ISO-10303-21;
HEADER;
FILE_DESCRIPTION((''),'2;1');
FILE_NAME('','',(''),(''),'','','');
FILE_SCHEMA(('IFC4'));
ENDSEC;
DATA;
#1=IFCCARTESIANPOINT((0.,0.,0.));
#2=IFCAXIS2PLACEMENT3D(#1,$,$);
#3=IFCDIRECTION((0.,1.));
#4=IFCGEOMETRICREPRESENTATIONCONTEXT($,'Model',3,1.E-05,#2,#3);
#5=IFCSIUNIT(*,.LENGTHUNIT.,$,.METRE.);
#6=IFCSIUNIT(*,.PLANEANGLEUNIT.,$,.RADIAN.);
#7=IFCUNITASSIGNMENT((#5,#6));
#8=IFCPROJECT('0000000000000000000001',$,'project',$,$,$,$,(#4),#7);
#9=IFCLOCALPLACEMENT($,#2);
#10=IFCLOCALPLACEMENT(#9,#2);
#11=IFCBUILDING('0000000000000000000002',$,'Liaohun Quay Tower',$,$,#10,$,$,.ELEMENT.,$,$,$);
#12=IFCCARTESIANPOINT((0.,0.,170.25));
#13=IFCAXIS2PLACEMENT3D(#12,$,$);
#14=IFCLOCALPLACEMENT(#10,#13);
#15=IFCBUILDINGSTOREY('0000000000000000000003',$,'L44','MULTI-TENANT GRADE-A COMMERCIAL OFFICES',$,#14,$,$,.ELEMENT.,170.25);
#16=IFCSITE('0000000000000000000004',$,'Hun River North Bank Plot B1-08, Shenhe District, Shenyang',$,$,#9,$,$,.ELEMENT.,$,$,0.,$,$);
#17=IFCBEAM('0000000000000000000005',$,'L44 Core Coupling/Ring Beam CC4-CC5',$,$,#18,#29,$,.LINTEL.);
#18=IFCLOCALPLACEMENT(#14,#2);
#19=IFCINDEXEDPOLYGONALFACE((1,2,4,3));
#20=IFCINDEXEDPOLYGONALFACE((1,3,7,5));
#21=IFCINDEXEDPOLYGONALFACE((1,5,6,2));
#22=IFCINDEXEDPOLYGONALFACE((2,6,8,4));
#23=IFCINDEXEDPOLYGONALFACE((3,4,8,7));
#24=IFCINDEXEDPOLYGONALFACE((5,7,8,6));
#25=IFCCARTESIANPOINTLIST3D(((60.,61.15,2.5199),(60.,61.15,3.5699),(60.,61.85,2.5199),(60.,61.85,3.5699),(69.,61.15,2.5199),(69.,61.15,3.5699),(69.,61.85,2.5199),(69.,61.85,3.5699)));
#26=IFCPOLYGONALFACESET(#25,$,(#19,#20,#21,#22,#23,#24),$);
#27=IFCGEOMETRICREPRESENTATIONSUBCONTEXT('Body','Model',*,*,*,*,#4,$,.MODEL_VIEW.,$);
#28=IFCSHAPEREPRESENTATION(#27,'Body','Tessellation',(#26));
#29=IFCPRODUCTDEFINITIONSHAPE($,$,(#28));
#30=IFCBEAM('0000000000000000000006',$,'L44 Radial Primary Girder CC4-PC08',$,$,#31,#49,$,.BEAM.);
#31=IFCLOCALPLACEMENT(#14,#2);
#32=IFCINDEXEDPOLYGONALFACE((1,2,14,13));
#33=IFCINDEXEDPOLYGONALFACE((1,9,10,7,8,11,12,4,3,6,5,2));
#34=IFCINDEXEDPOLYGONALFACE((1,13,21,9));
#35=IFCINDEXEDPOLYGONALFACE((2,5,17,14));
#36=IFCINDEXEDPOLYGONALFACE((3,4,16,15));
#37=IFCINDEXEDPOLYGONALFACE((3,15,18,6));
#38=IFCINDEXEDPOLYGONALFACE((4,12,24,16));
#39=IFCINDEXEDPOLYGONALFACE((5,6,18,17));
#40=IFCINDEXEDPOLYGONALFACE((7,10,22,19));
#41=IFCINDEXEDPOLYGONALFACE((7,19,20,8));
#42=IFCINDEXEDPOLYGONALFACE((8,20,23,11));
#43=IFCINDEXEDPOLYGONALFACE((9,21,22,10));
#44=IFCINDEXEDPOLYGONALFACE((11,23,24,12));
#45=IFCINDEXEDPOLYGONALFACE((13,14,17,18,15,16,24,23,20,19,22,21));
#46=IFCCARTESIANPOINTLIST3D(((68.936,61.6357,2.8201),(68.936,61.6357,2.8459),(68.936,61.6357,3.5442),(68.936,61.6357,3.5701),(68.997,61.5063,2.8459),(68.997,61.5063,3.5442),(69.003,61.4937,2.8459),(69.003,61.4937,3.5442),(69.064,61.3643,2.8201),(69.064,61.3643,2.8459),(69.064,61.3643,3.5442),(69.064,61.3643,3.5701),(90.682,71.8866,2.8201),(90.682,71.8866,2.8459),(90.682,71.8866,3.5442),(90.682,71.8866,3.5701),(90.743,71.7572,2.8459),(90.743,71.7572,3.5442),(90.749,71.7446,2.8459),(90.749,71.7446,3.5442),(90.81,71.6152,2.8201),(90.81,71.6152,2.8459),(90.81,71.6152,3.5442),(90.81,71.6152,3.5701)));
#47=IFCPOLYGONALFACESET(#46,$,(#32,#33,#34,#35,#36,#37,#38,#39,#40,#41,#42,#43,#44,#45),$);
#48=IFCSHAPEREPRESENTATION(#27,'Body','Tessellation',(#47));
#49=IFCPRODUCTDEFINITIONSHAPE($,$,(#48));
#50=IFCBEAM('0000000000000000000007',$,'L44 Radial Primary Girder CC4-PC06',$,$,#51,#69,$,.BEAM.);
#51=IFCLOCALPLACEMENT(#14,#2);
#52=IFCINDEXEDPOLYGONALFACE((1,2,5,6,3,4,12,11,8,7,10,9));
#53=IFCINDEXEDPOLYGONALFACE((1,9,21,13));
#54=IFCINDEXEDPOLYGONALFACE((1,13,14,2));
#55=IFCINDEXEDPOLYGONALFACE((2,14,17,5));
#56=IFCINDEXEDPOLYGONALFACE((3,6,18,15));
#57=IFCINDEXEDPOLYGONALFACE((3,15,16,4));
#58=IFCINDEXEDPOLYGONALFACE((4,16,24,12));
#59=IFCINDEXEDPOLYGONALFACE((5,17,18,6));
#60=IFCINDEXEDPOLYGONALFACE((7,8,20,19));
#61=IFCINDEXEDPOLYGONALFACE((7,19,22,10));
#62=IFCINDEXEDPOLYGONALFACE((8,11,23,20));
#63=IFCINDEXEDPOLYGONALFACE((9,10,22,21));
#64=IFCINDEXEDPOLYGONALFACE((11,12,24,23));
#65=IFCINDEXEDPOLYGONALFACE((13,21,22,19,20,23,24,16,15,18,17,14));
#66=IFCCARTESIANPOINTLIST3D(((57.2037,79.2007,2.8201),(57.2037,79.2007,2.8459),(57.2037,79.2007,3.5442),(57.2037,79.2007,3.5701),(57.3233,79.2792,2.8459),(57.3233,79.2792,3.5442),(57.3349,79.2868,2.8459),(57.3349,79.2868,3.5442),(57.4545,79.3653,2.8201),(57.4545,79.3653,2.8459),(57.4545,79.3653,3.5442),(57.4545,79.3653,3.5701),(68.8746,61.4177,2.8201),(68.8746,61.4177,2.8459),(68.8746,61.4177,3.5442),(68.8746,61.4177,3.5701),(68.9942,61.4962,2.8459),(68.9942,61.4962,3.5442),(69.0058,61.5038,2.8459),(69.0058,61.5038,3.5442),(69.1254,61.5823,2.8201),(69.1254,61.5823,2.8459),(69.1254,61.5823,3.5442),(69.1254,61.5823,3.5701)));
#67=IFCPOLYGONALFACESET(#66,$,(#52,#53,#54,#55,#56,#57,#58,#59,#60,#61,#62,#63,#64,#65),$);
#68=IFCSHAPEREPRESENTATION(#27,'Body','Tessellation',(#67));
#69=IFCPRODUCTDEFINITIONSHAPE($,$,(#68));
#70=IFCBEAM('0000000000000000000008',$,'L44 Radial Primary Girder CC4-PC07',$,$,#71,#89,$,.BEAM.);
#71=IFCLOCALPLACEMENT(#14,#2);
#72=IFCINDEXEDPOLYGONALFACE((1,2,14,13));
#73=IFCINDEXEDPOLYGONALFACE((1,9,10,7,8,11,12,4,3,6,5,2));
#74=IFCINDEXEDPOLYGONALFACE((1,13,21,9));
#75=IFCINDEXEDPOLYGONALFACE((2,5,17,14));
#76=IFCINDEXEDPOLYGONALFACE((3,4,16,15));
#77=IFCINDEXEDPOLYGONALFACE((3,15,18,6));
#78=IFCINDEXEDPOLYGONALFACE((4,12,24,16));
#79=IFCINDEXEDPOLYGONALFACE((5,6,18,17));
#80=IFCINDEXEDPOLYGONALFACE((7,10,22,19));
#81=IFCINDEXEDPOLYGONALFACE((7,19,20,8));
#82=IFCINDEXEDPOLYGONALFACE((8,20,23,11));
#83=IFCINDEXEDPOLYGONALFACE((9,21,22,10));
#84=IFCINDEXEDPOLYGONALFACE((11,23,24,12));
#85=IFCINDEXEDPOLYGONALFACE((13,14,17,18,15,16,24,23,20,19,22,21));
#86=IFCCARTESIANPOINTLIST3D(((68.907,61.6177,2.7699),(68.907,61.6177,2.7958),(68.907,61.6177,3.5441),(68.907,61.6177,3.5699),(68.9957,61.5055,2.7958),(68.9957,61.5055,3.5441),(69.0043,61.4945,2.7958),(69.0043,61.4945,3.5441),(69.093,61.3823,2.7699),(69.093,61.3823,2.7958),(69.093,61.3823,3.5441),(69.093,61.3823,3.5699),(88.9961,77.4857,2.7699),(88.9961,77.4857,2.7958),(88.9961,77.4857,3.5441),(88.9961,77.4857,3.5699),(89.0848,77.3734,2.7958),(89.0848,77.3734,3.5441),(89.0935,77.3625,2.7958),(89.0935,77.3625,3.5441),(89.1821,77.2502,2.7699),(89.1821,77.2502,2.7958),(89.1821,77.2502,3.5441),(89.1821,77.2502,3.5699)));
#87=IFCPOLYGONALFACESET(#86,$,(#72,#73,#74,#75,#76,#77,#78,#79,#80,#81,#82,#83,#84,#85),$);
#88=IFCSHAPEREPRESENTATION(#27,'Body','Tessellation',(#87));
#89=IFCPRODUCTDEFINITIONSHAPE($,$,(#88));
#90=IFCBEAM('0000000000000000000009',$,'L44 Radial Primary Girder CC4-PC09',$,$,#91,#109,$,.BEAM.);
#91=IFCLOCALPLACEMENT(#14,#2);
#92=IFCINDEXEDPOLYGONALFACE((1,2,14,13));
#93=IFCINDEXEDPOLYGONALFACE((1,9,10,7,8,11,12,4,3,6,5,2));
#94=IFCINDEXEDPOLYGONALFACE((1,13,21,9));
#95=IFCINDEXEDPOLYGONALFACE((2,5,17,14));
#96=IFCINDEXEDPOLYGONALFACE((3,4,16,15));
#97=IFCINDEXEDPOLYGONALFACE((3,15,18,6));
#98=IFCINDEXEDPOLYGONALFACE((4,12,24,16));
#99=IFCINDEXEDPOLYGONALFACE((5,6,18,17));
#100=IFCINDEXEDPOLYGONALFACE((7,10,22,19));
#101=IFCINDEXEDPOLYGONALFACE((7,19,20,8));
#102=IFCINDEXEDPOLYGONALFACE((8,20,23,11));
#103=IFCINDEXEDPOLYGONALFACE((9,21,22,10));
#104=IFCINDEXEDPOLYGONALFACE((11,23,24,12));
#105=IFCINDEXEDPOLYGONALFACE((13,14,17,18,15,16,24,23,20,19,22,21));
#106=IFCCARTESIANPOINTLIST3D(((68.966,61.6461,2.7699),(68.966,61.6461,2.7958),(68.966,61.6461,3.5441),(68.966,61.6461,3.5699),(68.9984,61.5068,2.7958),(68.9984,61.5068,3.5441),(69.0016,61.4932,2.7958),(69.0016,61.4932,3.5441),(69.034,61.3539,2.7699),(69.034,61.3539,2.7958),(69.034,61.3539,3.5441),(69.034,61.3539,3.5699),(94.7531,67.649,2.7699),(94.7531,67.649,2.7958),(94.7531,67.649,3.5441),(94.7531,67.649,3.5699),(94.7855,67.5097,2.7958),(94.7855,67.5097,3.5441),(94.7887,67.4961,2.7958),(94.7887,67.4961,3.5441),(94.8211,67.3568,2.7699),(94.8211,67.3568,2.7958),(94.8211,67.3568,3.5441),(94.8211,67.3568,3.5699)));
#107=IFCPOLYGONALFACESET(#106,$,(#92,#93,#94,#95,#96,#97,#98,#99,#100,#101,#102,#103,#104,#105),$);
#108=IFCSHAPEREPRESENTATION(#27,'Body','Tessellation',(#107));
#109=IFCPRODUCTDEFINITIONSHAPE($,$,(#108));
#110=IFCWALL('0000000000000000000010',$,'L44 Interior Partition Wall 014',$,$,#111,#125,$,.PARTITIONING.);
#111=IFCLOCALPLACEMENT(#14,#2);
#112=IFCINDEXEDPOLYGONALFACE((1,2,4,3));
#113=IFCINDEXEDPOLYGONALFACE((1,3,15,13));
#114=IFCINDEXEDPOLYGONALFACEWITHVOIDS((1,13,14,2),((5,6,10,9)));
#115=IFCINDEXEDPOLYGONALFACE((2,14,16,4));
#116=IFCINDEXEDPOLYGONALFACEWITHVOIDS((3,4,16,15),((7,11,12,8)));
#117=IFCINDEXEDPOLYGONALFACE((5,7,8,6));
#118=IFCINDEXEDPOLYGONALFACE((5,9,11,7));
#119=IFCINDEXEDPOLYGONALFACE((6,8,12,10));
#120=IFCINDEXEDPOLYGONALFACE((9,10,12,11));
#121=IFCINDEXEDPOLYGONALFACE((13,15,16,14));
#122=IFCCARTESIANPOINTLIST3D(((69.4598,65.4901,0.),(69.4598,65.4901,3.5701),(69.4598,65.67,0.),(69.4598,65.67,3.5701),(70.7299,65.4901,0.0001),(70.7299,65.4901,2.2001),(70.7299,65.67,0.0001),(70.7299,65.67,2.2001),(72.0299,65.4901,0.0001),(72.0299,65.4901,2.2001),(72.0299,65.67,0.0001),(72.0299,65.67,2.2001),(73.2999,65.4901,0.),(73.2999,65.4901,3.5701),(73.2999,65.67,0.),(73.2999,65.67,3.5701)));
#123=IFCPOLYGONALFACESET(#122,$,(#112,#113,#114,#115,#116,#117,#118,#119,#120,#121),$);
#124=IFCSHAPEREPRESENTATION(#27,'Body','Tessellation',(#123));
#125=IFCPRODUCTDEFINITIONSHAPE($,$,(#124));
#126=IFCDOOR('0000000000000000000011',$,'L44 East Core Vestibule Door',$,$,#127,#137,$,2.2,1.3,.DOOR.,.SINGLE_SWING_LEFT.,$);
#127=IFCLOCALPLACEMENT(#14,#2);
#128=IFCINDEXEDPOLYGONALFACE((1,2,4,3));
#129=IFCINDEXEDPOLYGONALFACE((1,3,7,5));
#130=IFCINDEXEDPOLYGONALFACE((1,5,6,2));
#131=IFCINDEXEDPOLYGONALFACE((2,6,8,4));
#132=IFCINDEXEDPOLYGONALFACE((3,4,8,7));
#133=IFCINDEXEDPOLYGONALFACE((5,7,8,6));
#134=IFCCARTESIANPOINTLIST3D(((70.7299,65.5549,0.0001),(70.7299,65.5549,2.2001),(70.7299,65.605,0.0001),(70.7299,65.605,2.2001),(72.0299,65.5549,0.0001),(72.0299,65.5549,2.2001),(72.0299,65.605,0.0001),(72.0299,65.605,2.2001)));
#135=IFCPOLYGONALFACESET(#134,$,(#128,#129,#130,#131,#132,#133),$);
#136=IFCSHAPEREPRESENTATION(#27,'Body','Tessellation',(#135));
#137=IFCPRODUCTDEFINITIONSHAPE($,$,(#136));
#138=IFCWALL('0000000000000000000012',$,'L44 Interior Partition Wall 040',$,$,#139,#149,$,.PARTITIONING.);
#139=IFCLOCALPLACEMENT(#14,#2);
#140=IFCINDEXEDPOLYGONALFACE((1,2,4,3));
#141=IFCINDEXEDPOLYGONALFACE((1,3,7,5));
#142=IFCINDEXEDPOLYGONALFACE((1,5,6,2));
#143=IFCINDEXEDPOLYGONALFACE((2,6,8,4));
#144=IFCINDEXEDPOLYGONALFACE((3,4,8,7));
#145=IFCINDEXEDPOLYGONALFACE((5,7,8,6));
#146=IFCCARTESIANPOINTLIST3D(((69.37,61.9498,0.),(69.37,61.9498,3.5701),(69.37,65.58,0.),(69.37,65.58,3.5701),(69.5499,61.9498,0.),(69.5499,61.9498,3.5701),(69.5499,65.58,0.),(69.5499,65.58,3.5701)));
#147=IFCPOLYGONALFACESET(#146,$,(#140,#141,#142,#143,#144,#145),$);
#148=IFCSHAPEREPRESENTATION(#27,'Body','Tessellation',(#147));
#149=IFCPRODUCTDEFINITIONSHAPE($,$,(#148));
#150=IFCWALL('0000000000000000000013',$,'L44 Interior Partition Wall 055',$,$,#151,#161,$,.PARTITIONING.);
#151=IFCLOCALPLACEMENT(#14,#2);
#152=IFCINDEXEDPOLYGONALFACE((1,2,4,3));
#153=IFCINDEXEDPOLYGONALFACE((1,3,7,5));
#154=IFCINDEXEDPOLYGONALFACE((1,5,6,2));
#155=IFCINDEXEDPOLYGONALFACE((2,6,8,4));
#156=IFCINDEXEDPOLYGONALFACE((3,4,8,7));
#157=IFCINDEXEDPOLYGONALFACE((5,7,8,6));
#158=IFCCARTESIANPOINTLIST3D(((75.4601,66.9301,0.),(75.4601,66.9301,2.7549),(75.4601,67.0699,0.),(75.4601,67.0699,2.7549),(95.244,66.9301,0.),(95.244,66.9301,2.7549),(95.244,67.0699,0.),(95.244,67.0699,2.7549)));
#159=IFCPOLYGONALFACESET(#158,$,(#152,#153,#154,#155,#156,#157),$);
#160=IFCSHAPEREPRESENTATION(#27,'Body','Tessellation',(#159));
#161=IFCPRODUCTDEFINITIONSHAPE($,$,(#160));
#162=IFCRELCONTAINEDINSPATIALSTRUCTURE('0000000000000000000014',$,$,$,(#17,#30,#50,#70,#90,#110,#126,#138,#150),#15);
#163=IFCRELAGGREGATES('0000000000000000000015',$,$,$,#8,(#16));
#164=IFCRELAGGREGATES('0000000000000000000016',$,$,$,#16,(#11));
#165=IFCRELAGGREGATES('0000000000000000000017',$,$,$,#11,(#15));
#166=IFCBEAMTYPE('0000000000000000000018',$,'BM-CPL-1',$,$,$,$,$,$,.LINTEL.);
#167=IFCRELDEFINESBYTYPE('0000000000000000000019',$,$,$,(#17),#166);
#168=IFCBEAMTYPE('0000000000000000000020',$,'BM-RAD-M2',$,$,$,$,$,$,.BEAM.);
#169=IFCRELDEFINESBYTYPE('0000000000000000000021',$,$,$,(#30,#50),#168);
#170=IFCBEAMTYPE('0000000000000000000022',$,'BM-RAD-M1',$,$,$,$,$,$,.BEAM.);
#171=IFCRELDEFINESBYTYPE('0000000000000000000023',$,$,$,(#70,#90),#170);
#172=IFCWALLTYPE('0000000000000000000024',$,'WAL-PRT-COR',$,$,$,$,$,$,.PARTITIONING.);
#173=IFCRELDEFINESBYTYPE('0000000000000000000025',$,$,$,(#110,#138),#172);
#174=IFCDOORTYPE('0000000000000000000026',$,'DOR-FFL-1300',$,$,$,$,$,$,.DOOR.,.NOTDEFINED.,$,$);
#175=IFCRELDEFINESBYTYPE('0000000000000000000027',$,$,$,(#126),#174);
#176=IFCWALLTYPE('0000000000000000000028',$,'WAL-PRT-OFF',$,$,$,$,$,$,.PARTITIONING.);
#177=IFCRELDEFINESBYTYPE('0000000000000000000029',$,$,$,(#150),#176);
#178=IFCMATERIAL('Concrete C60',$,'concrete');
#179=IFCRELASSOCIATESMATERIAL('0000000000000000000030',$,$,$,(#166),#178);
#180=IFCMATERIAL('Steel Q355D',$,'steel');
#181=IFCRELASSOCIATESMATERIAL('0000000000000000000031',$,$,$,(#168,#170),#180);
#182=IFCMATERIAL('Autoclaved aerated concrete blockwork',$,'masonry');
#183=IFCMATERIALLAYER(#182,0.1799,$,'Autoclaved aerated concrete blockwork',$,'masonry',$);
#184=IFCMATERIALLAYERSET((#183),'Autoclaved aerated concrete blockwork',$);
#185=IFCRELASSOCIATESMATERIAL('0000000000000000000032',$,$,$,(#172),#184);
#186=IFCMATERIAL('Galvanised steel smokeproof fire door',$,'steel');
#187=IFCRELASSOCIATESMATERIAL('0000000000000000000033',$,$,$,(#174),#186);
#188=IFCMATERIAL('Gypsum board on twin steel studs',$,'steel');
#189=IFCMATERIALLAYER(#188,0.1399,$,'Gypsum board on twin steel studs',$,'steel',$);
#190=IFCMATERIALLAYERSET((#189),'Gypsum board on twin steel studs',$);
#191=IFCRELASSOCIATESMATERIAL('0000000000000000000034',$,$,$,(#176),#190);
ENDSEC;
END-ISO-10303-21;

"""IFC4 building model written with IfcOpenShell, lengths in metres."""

from ifc_helpers import new_model, si_unit, direction, frame, frame_2d, origin, origin_2d, place, context, subcontext, project, spatial, rectangle, i_section, extrude, source, transform, mapped, material, layer, layer_set, material_profile, profile_set, type_object, element, fill, save


model = new_model("IFC4")

# Units and contexts
model_context = context("Model", 3, precision=1e-05, world=origin(), true_north=direction((0.0, 1.0)))
body_context = subcontext(model_context, "Body", "Model", "MODEL_VIEW")
ifc_project = project(units=[si_unit("LENGTHUNIT", "METRE"), si_unit("PLANEANGLEUNIT", "RADIAN")], contexts=[model_context])

# Site, building, storey
site_placement = place(None, origin())
site = spatial("IfcSite", under=ifc_project, at=site_placement, Name="Hun River North Bank Plot B1-08, Shenhe District, Shenyang", CompositionType="ELEMENT", RefElevation=0.0)
building_placement = place(site_placement, origin())
building = spatial("IfcBuilding", under=site, at=building_placement, Name="Liaohun Quay Tower", CompositionType="ELEMENT")
storey_placement = place(building_placement, frame((0.0, 0.0, 170.25)))
storey = spatial("IfcBuildingStorey", under=building, at=storey_placement, Name="L44", Description="MULTI-TENANT GRADE-A COMMERCIAL OFFICES", CompositionType="ELEMENT", Elevation=170.25)

# Beams
ifc_material_1 = material(Name="Concrete C60", Category="concrete")
ifc_material_profile_1 = material_profile(ifc_material_1, rectangle(XDim=0.7, YDim=1.05, at=origin_2d()), Name="RC700x1050")
ifc_profile_set_1 = profile_set([ifc_material_profile_1], Name="Concrete C60")
beam_type_1 = type_object("IfcBeamType", Name="BM-CPL-1", PredefinedType="LINTEL", material=ifc_profile_set_1)
shared_shape_1 = source(origin(), body_context, "Body", "SweptSolid", [
    extrude(rectangle(XDim=0.7, YDim=1.05, at=origin_2d()), origin(), (0.0, 0.0, 1.0), 9.0),
])
beam_1_placement = place(storey_placement, frame((69.0, 61.5, 3.0449), z_axis=(-1.0, 0.0, 0.0), x_axis=(0.0, -1.0, 0.0)))
element("IfcBeam", 1, at=beam_1_placement, inside=storey, type_object=beam_type_1, Name="L44 Core Coupling/Ring Beam CC4-CC5", PredefinedType="LINTEL", context=body_context, shape_type="MappedRepresentation", body=[
    mapped(shared_shape_1, transform((0.0, 0.0, 0.0), x_axis=(1.0, 0.0, 0.0), y_axis=(0.0, 1.0, 0.0), z_axis=(0.0, 0.0, 1.0), scale=1.0)),
])
ifc_material_2 = material(Name="Steel Q355D", Category="steel")
ifc_material_profile_2 = material_profile(ifc_material_2, i_section(OverallWidth=0.3, OverallDepth=0.75, WebThickness=0.0139, FlangeThickness=0.0259, at=origin_2d()), Name="HN750x300x14x26")
ifc_profile_set_2 = profile_set([ifc_material_profile_2], Name="Steel Q355D")
beam_type_2 = type_object("IfcBeamType", Name="BM-RAD-M2", PredefinedType="BEAM", material=ifc_profile_set_2)
shared_shape_2 = source(origin(), body_context, "Body", "SweptSolid", [
    extrude(i_section(OverallWidth=0.3, OverallDepth=0.75, WebThickness=0.0139, FlangeThickness=0.0259, at=origin_2d()), origin(), (0.0, 0.0, 1.0), 24.041),
])
beam_2_placement = place(storey_placement, frame((69.0, 61.5, 3.1951), z_axis=(0.904538, 0.426394, 0.0), x_axis=(-0.426394, 0.904538, 0.0)))
element("IfcBeam", 2, at=beam_2_placement, inside=storey, type_object=beam_type_2, Name="L44 Radial Primary Girder CC4-PC08", PredefinedType="BEAM", context=body_context, shape_type="MappedRepresentation", body=[
    mapped(shared_shape_2, transform((0.0, 0.0, 0.0), x_axis=(1.0, 0.0, 0.0), y_axis=(0.0, 1.0, 0.0), z_axis=(0.0, 0.0, 1.0), scale=1.0)),
])
shared_shape_3 = source(origin(), body_context, "Body", "SweptSolid", [
    extrude(i_section(OverallWidth=0.3, OverallDepth=0.75, WebThickness=0.0139, FlangeThickness=0.0259, at=origin_2d()), origin(), (0.0, 0.0, 1.0), 21.2708),
])
beam_3_placement = place(storey_placement, frame((69.0, 61.5, 3.1951), z_axis=(-0.548684, 0.83603, 0.0), x_axis=(-0.83603, -0.548684, 0.0)))
element("IfcBeam", 3, at=beam_3_placement, inside=storey, type_object=beam_type_2, Name="L44 Radial Primary Girder CC4-PC06", PredefinedType="BEAM", context=body_context, shape_type="MappedRepresentation", body=[
    mapped(shared_shape_3, transform((0.0, 0.0, 0.0), x_axis=(1.0, 0.0, 0.0), y_axis=(0.0, 1.0, 0.0), z_axis=(0.0, 0.0, 1.0), scale=1.0)),
])
ifc_material_profile_3 = material_profile(ifc_material_2, i_section(OverallWidth=0.3, OverallDepth=0.8, WebThickness=0.0139, FlangeThickness=0.0259, at=origin_2d()), Name="HN800x300x14x26")
ifc_profile_set_3 = profile_set([ifc_material_profile_3], Name="Steel Q355D")
beam_type_3 = type_object("IfcBeamType", Name="BM-RAD-M1", PredefinedType="BEAM", material=ifc_profile_set_3)
shared_shape_4 = source(origin(), body_context, "Body", "SweptSolid", [
    extrude(i_section(OverallWidth=0.3, OverallDepth=0.8, WebThickness=0.0139, FlangeThickness=0.0259, at=origin_2d()), origin(), (0.0, 0.0, 1.0), 25.6001),
])
beam_4_placement = place(storey_placement, frame((69.0, 61.5, 3.1699), z_axis=(0.784729, 0.619839, 0.0), x_axis=(-0.619839, 0.784729, 0.0)))
element("IfcBeam", 4, at=beam_4_placement, inside=storey, type_object=beam_type_3, Name="L44 Radial Primary Girder CC4-PC07", PredefinedType="BEAM", context=body_context, shape_type="MappedRepresentation", body=[
    mapped(shared_shape_4, transform((0.0, 0.0, 0.0), x_axis=(1.0, 0.0, 0.0), y_axis=(0.0, 1.0, 0.0), z_axis=(0.0, 0.0, 1.0), scale=1.0)),
])
shared_shape_5 = source(origin(), body_context, "Body", "SweptSolid", [
    extrude(i_section(OverallWidth=0.3, OverallDepth=0.8, WebThickness=0.0139, FlangeThickness=0.0259, at=origin_2d()), origin(), (0.0, 0.0, 1.0), 26.4766),
])
beam_5_placement = place(storey_placement, frame((69.0, 61.5, 3.1699), z_axis=(0.973959, 0.226726, 0.0), x_axis=(-0.226726, 0.973959, 0.0)))
element("IfcBeam", 5, at=beam_5_placement, inside=storey, type_object=beam_type_3, Name="L44 Radial Primary Girder CC4-PC09", PredefinedType="BEAM", context=body_context, shape_type="MappedRepresentation", body=[
    mapped(shared_shape_5, transform((0.0, 0.0, 0.0), x_axis=(1.0, 0.0, 0.0), y_axis=(0.0, 1.0, 0.0), z_axis=(0.0, 0.0, 1.0), scale=1.0)),
])

# Wall, opening, door
ifc_material_3 = material(Name="Autoclaved aerated concrete blockwork", Category="masonry")
ifc_layer_1 = layer(ifc_material_3, 0.1799, Name="Autoclaved aerated concrete blockwork", Category="masonry")
ifc_layer_set_1 = layer_set([ifc_layer_1], Name="Autoclaved aerated concrete blockwork")
wall_type_1 = type_object("IfcWallType", Name="WAL-PRT-COR", PredefinedType="PARTITIONING", material=ifc_layer_set_1)
wall_1_placement = place(storey_placement, frame((69.46, 65.5801, 0.0), z_axis=(0.0, 0.0, 1.0), x_axis=(1.0, 0.0, 0.0)))
wall_1 = element("IfcWall", 6, at=wall_1_placement, inside=storey, type_object=wall_type_1, Name="L44 Interior Partition Wall 014", PredefinedType="PARTITIONING", context=body_context, shape_type="SweptSolid", body=[
    extrude(rectangle(XDim=3.8401, YDim=0.1799, at=frame_2d((1.9199, 0.0))), origin(), (0.0, 0.0, 1.0), 3.5701),
])
shared_shape_6 = source(origin(), body_context, "Body", "SweptSolid", [
    extrude(rectangle(XDim=1.3, YDim=2.2, at=frame_2d((0.6499, 1.1001))), frame((0.0, 0.0999, 0.0), z_axis=(0.0, -1.0, 0.0), x_axis=(1.0, 0.0, 0.0)), (0.0, 0.0, 1.0), 0.2),
])
opening_1_placement = place(wall_1_placement, frame((1.27, 0.0, 0.0)))
opening_1 = element("IfcOpeningElement", 7, at=opening_1_placement, cuts=wall_1, PredefinedType="OPENING", context=body_context, shape_type="MappedRepresentation", body=[
    mapped(shared_shape_6, transform((0.0, 0.0, 0.0), x_axis=(1.0, 0.0, 0.0), y_axis=(0.0, 1.0, 0.0), z_axis=(0.0, 0.0, 1.0), scale=1.0)),
])
ifc_material_4 = material(Name="Galvanised steel smokeproof fire door", Category="steel")
door_type_1 = type_object("IfcDoorType", Name="DOR-FFL-1300", OperationType="NOTDEFINED", PredefinedType="DOOR", material=ifc_material_4)
shared_shape_7 = source(origin(), body_context, "Body", "SweptSolid", [
    extrude(rectangle(XDim=1.3, YDim=2.2, at=frame_2d((0.6499, 1.1001))), frame((0.0, 0.0249, 0.0), z_axis=(0.0, -1.0, 0.0), x_axis=(1.0, 0.0, 0.0)), (0.0, 0.0, 1.0), 0.05),
])
door_1_placement = place(opening_1_placement, origin())
door_1 = element("IfcDoor", 8, at=door_1_placement, inside=storey, type_object=door_type_1, Name="L44 East Core Vestibule Door", OperationType="SINGLE_SWING_LEFT", OverallHeight=2.2, OverallWidth=1.3, PredefinedType="DOOR", context=body_context, shape_type="MappedRepresentation", body=[
    mapped(shared_shape_7, transform((0.0, 0.0, 0.0), x_axis=(1.0, 0.0, 0.0), y_axis=(0.0, 1.0, 0.0), z_axis=(0.0, 0.0, 1.0), scale=1.0)),
])
fill(opening_1, door_1)

# Walls
wall_2_placement = place(storey_placement, frame((69.46, 61.95, 0.0), z_axis=(0.0, 0.0, 1.0), x_axis=(0.0, 1.0, 0.0)))
element("IfcWall", 9, at=wall_2_placement, inside=storey, type_object=wall_type_1, Name="L44 Interior Partition Wall 040", PredefinedType="PARTITIONING", context=body_context, shape_type="SweptSolid", body=[
    extrude(rectangle(XDim=3.6301, YDim=0.1799, at=frame_2d((1.8149, 0.0))), origin(), (0.0, 0.0, 1.0), 3.5701),
])
ifc_material_5 = material(Name="Gypsum board on twin steel studs", Category="steel")
ifc_layer_2 = layer(ifc_material_5, 0.1399, Name="Gypsum board on twin steel studs", Category="steel")
ifc_layer_set_2 = layer_set([ifc_layer_2], Name="Gypsum board on twin steel studs")
wall_type_2 = type_object("IfcWallType", Name="WAL-PRT-OFF", PredefinedType="PARTITIONING", material=ifc_layer_set_2)
wall_3_placement = place(storey_placement, frame((75.46, 67.0, 0.0), z_axis=(0.0, 0.0, 1.0), x_axis=(1.0, 0.0, 0.0)))
element("IfcWall", 10, at=wall_3_placement, inside=storey, type_object=wall_type_2, Name="L44 Interior Partition Wall 055", PredefinedType="PARTITIONING", context=body_context, shape_type="SweptSolid", body=[
    extrude(rectangle(XDim=19.7839, YDim=0.1399, at=frame_2d((9.8921, 0.0))), origin(), (0.0, 0.0, 1.0), 2.7549),
])

save(model, "model.ifc")
